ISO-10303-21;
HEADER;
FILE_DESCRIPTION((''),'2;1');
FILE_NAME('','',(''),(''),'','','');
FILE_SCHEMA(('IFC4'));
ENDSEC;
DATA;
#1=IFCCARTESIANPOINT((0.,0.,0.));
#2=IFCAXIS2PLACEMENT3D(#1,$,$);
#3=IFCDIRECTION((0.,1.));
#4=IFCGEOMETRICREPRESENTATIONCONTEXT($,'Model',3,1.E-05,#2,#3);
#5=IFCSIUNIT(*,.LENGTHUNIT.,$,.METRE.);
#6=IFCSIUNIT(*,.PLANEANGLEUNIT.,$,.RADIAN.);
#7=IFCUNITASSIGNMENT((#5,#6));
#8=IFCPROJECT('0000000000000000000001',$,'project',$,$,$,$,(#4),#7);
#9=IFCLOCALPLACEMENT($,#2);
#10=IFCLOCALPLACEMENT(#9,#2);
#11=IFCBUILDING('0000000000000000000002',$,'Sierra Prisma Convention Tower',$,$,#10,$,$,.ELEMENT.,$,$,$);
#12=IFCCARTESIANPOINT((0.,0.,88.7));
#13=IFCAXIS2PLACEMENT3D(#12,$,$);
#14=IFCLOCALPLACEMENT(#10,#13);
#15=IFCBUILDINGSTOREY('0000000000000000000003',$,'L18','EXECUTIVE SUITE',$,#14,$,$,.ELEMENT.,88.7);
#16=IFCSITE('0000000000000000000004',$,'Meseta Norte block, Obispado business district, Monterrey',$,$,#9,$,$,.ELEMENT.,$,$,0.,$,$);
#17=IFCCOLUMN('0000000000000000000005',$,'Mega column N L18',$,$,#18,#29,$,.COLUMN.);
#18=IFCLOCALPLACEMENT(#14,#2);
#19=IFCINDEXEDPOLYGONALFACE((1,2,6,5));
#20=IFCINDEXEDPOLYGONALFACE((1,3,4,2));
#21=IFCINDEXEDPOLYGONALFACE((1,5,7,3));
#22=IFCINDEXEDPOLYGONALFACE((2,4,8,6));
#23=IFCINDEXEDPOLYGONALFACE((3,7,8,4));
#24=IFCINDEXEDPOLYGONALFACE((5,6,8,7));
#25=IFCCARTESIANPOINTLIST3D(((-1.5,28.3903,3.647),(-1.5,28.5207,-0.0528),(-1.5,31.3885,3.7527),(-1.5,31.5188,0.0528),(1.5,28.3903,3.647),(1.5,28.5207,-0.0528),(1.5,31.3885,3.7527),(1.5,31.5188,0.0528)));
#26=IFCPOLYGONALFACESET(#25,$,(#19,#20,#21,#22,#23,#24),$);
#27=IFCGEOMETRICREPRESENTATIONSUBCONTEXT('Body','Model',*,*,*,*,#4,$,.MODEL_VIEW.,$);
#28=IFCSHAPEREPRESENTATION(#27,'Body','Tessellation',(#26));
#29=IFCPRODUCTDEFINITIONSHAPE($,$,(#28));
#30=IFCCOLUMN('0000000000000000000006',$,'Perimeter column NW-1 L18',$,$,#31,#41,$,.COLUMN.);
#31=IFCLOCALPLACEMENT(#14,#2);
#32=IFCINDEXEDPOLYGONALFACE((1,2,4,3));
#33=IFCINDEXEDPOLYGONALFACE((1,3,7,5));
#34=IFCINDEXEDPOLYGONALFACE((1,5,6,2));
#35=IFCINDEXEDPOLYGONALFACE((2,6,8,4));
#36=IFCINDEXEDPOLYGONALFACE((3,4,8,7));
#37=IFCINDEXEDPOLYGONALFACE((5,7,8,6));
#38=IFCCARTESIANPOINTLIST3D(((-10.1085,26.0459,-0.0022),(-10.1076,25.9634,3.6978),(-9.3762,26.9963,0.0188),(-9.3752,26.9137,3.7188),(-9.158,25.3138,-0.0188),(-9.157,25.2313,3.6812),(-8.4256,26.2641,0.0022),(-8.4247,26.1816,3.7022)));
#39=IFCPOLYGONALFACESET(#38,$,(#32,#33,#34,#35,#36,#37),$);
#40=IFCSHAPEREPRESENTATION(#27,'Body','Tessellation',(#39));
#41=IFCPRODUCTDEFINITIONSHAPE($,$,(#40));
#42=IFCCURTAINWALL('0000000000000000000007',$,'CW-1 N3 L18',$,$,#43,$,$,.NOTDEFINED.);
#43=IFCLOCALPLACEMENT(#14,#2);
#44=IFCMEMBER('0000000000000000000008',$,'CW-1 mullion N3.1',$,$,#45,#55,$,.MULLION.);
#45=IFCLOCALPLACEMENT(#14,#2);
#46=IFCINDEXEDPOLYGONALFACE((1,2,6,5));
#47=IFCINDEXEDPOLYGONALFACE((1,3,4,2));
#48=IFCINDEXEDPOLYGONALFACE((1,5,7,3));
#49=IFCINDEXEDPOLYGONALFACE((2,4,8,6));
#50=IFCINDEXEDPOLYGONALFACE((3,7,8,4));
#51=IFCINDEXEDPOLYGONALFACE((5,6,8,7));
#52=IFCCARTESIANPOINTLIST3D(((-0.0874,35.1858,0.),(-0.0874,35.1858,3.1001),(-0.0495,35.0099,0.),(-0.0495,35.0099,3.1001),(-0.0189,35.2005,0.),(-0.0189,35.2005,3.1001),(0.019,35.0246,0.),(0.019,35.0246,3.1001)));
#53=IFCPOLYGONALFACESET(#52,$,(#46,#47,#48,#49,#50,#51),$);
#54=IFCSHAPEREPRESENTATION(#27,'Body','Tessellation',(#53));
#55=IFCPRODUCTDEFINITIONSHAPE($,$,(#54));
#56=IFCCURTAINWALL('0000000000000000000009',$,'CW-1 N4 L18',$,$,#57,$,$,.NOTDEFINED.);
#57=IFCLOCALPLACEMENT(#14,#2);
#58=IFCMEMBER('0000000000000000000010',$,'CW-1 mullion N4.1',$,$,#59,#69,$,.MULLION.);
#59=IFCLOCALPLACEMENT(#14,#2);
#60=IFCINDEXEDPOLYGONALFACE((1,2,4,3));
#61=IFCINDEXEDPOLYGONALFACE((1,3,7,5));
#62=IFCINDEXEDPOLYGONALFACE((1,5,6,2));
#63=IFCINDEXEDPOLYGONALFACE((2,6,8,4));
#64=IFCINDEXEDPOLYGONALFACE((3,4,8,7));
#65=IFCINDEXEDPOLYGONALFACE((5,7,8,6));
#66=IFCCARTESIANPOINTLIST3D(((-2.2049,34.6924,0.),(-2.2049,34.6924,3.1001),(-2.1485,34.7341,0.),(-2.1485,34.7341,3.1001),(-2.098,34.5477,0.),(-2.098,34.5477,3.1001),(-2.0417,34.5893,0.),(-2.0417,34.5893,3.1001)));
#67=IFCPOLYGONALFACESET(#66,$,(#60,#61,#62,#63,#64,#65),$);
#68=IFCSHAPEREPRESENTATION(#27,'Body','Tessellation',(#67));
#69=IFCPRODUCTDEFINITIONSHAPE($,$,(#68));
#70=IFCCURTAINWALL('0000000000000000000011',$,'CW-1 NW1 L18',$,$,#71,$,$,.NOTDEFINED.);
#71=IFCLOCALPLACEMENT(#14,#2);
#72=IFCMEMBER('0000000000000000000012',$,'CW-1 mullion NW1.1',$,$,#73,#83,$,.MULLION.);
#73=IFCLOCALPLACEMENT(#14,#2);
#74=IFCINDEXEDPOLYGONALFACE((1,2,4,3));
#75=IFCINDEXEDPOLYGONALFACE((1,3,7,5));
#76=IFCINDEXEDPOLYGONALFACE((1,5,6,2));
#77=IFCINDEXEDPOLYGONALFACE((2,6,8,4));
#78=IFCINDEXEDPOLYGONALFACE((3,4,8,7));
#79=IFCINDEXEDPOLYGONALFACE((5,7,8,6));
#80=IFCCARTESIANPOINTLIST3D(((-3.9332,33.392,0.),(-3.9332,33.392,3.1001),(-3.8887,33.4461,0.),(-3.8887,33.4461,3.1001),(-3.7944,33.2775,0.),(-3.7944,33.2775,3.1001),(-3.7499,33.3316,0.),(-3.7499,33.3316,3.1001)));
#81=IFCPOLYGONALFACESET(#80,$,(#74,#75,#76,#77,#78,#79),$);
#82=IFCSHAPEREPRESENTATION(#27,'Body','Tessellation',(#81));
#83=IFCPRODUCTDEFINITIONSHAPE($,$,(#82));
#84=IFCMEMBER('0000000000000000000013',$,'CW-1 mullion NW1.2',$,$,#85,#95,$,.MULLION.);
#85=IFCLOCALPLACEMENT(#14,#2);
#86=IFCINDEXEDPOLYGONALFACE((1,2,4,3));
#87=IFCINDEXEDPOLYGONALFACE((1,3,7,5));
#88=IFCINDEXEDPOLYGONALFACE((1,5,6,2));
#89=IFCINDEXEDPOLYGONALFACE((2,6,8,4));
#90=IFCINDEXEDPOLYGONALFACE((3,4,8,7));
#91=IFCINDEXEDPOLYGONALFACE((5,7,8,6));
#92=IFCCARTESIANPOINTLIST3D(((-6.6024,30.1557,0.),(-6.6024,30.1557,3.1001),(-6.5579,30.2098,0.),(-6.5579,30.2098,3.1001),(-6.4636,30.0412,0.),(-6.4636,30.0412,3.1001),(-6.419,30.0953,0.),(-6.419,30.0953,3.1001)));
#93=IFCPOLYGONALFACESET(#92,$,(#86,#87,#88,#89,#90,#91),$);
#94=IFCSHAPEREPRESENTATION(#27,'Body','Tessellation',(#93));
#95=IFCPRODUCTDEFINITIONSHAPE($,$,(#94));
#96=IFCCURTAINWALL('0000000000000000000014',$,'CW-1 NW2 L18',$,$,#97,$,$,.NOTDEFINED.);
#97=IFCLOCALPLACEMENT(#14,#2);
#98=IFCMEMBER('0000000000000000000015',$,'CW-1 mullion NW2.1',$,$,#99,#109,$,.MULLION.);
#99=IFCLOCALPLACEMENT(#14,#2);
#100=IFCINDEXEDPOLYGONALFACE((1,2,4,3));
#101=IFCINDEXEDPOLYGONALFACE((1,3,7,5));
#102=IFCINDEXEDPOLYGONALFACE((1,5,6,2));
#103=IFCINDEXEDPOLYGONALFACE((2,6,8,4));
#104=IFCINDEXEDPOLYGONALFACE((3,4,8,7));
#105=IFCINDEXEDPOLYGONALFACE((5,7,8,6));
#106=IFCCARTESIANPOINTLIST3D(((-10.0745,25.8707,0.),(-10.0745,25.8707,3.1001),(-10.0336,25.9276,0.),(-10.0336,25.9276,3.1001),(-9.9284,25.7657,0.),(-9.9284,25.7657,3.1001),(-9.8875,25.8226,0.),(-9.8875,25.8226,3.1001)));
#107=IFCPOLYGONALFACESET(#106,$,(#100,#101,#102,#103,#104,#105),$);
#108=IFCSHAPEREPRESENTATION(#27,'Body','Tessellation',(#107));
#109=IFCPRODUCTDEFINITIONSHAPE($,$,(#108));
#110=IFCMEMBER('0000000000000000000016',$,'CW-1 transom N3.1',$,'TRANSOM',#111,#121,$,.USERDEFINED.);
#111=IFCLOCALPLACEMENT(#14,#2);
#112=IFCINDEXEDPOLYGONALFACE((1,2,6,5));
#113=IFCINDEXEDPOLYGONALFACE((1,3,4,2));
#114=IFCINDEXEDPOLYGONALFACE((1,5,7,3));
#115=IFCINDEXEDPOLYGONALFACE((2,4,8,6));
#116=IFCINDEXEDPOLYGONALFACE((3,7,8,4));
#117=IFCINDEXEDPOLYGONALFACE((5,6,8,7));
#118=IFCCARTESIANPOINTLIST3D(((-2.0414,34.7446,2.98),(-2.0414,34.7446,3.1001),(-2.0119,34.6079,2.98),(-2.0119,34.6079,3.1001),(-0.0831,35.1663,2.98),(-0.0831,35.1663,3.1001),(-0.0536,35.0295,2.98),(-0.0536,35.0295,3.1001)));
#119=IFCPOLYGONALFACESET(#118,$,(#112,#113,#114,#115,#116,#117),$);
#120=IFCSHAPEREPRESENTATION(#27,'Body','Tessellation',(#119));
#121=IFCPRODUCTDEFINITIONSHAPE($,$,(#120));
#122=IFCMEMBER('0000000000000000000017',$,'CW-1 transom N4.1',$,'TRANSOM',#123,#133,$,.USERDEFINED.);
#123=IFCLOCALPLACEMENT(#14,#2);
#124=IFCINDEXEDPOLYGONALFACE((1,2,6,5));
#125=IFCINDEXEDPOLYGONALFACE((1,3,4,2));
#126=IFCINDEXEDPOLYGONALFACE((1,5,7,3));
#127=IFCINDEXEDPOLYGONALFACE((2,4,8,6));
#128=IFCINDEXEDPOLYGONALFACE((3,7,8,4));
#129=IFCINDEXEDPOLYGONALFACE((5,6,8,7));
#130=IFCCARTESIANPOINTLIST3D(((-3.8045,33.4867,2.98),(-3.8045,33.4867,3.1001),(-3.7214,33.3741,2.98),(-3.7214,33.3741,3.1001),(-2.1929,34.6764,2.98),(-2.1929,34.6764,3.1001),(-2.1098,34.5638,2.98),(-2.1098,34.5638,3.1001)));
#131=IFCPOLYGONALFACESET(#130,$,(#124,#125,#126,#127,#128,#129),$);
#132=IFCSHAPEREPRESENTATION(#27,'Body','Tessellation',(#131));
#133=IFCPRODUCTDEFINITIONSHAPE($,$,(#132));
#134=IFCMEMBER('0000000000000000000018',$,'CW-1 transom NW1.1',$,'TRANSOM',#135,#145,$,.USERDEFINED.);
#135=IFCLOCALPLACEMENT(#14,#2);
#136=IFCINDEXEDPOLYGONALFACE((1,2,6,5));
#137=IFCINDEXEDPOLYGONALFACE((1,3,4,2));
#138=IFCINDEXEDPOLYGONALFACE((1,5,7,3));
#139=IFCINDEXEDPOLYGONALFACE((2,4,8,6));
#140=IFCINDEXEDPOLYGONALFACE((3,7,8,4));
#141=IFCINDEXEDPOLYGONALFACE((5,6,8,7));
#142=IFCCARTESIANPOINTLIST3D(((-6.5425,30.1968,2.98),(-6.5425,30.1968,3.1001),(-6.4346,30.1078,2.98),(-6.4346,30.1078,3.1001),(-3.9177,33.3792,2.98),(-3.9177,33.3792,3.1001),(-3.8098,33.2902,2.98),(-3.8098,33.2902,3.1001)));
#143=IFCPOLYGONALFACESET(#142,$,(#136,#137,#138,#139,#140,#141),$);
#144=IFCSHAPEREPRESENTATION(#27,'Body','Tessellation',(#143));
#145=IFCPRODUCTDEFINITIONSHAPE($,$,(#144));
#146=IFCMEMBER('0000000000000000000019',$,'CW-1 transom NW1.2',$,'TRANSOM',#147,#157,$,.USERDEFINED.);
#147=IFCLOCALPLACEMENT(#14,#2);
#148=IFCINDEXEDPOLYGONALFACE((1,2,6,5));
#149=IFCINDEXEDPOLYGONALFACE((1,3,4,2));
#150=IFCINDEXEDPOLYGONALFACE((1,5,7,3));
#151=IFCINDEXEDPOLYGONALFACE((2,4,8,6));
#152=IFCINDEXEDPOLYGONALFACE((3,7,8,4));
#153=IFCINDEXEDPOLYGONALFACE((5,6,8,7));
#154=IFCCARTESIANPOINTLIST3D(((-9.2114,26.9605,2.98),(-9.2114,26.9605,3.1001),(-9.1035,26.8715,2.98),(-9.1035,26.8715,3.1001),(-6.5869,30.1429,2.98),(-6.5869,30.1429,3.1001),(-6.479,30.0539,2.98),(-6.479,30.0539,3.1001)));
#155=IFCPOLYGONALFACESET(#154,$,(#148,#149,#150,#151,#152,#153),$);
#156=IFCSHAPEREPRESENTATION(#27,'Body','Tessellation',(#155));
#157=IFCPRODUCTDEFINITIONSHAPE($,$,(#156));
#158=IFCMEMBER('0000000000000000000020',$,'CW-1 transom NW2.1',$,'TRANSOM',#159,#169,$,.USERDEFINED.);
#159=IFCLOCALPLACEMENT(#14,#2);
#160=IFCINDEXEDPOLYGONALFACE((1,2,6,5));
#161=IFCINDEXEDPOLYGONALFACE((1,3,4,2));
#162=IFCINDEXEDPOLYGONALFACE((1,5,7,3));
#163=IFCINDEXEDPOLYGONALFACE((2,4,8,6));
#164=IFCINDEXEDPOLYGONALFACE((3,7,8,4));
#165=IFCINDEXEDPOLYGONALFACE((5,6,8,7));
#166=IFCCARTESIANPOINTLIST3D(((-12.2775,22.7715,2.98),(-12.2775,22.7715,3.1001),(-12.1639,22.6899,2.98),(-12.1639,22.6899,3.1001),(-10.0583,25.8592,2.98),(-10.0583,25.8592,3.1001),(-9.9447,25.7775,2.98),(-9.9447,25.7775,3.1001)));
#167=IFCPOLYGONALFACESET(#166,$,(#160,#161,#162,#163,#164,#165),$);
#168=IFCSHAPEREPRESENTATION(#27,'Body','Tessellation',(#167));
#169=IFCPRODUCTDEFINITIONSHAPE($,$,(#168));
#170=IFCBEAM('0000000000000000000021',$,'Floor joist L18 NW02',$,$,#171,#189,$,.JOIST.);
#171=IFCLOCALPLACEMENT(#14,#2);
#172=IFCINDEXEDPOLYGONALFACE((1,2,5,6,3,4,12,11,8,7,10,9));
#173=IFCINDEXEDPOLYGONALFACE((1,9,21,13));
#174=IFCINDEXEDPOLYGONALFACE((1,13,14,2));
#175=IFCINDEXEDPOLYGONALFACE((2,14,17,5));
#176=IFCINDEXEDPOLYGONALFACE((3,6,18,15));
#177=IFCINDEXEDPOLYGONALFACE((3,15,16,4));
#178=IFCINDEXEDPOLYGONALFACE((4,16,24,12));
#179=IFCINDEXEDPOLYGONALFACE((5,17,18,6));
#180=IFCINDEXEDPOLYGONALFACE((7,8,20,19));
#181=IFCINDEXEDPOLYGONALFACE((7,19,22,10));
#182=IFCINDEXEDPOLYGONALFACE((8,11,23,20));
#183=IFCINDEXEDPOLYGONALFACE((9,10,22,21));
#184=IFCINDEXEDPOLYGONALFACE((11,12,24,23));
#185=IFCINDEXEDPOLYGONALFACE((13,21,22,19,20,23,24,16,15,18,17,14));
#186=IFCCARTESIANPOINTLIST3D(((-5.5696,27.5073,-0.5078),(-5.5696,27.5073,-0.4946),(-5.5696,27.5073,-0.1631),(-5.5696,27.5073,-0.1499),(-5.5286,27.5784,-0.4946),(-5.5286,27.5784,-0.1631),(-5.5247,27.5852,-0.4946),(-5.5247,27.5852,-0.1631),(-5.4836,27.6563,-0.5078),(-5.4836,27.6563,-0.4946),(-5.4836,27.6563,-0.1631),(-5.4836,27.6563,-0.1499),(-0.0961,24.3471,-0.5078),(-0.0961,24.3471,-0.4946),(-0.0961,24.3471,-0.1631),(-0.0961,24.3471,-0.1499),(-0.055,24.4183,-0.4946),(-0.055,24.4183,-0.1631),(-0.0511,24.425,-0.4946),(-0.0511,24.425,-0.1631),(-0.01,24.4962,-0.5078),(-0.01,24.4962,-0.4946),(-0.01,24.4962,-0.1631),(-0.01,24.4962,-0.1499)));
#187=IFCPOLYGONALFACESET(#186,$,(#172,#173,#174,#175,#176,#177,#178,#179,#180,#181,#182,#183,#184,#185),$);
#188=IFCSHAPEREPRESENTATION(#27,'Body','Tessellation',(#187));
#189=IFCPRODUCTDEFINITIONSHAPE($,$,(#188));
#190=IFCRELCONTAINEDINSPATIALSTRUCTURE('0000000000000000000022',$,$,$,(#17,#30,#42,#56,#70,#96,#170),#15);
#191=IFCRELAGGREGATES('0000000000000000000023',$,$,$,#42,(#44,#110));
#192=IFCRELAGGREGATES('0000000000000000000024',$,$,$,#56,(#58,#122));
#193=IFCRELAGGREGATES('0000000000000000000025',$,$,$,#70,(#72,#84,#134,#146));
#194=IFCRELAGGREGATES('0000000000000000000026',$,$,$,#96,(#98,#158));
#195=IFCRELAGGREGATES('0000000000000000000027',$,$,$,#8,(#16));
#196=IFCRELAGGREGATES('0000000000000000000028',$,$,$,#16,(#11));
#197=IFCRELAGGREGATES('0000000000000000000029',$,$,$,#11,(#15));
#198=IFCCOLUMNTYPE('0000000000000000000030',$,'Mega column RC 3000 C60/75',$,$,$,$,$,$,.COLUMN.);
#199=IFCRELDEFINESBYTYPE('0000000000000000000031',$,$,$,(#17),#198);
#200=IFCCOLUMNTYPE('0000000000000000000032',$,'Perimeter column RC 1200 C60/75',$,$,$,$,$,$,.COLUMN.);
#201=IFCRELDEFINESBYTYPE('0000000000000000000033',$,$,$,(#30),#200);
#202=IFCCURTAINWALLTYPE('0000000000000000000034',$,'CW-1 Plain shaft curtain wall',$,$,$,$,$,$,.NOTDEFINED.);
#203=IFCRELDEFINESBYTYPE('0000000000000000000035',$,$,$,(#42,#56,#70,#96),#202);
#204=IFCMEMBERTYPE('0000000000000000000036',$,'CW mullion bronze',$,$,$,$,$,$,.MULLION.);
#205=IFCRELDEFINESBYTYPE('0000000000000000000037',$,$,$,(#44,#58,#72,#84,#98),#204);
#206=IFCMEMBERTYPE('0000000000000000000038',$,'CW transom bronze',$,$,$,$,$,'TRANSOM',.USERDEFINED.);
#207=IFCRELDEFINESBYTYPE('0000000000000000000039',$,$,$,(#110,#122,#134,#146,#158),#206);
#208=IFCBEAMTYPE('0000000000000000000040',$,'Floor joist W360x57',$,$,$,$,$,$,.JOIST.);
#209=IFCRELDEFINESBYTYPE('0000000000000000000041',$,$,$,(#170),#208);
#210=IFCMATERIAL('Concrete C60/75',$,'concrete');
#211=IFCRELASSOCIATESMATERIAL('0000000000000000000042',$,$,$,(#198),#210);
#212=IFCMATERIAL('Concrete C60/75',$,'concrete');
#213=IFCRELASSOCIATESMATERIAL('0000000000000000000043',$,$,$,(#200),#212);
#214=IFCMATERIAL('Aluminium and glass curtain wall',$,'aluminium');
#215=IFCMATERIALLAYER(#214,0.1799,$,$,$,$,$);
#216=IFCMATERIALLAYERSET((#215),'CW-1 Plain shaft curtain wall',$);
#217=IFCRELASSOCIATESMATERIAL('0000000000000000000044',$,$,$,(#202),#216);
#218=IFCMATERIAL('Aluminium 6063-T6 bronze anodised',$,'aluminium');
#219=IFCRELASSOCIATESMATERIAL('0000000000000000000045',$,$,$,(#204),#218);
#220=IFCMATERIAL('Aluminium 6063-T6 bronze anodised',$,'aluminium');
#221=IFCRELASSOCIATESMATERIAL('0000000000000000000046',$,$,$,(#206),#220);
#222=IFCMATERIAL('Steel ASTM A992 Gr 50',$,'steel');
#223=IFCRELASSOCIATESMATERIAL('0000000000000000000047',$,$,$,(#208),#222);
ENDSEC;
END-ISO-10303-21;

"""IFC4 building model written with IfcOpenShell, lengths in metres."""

from ifc_helpers import new_model, si_unit, direction, frame, origin, origin_2d, place, context, subcontext, project, spatial, rectangle, i_section, extrude, material, layer, layer_set, material_profile, profile_set, type_object, element, aggregate, save


model = new_model("IFC4")

# Units and contexts
model_context = context("Model", 3, precision=1e-05, world=origin(), true_north=direction((0.0, 1.0)))
body_context = subcontext(model_context, "Body", "Model", "MODEL_VIEW")
ifc_project = project(units=[si_unit("LENGTHUNIT", "METRE"), si_unit("PLANEANGLEUNIT", "RADIAN")], contexts=[model_context])

# Site, building, storey
site_placement = place(None, origin())
site = spatial("IfcSite", under=ifc_project, at=site_placement, Name="Meseta Norte block, Obispado business district, Monterrey", CompositionType="ELEMENT", RefElevation=0.0)
building_placement = place(site_placement, origin())
building = spatial("IfcBuilding", under=site, at=building_placement, Name="Sierra Prisma Convention Tower", CompositionType="ELEMENT")
storey_placement = place(building_placement, frame((0.0, 0.0, 88.7)))
storey = spatial("IfcBuildingStorey", under=building, at=storey_placement, Name="L18", Description="EXECUTIVE SUITE", CompositionType="ELEMENT", Elevation=88.7)

# Columns
ifc_material_1 = material(Name="Concrete C60/75", Category="concrete")
ifc_material_profile_1 = material_profile(ifc_material_1, rectangle(XDim=3.0, YDim=3.0, at=origin_2d()), Name="Mega column RC 3000 C60/75")
ifc_profile_set_1 = profile_set([ifc_material_profile_1], Name="Concrete C60/75")
column_type_1 = type_object("IfcColumnType", Name="Mega column RC 3000 C60/75", PredefinedType="COLUMN", material=ifc_profile_set_1)
column_1_placement = place(storey_placement, frame((0.0, 30.0198, 0.0), z_axis=(0.0, -0.035214, 0.99938), x_axis=(1.0, 0.0, 0.0)))
element("IfcColumn", 1, at=column_1_placement, inside=storey, type_object=column_type_1, Name="Mega column N L18", PredefinedType="COLUMN", context=body_context, shape_type="SweptSolid", body=[
    extrude(rectangle(XDim=3.0, YDim=3.0, at=origin_2d()), origin(), (0.0, 0.0, 1.0), 3.7021),
])
ifc_material_2 = material(Name="Concrete C60/75", Category="concrete")
ifc_material_profile_2 = material_profile(ifc_material_2, rectangle(XDim=1.2, YDim=1.2, at=origin_2d()), Name="Perimeter column RC 1200 C60/75")
ifc_profile_set_2 = profile_set([ifc_material_profile_2], Name="Concrete C60/75")
column_type_2 = type_object("IfcColumnType", Name="Perimeter column RC 1200 C60/75", PredefinedType="COLUMN", material=ifc_profile_set_2)
column_2_placement = place(storey_placement, frame((-9.2671, 26.155, 0.0), z_axis=(0.000264, -0.022297, 0.999751), x_axis=(0.610299, 0.791978, 0.017502)))
element("IfcColumn", 2, at=column_2_placement, inside=storey, type_object=column_type_2, Name="Perimeter column NW-1 L18", PredefinedType="COLUMN", context=body_context, shape_type="SweptSolid", body=[
    extrude(rectangle(XDim=1.2, YDim=1.2, at=origin_2d()), origin(), (0.0, 0.0, 1.0), 3.7009),
])

# Curtain walls, members
ifc_material_3 = material(Name="Aluminium and glass curtain wall", Category="aluminium")
ifc_layer_1 = layer(ifc_material_3, 0.1799)
ifc_layer_set_1 = layer_set([ifc_layer_1], Name="CW-1 Plain shaft curtain wall")
curtain_wall_type = type_object("IfcCurtainWallType", Name="CW-1 Plain shaft curtain wall", PredefinedType="NOTDEFINED", material=ifc_layer_set_1)
curtain_wall_1_placement = place(storey_placement, origin())
curtain_wall_1 = element("IfcCurtainWall", 3, at=curtain_wall_1_placement, inside=storey, type_object=curtain_wall_type, Name="CW-1 N3 L18", PredefinedType="NOTDEFINED")
ifc_material_4 = material(Name="Aluminium 6063-T6 bronze anodised", Category="aluminium")
ifc_material_profile_3 = material_profile(ifc_material_4, rectangle(XDim=0.1799, YDim=0.0701, at=origin_2d()), Name="ALU MULLION 70x180")
ifc_profile_set_3 = profile_set([ifc_material_profile_3], Name="Aluminium 6063-T6 bronze anodised")
member_type_1 = type_object("IfcMemberType", Name="CW mullion bronze", PredefinedType="MULLION", material=ifc_profile_set_3)
member_1_placement = place(storey_placement, frame((-0.0342, 35.1052, 0.0), z_axis=(0.0, 0.0, 1.0), x_axis=(0.210401, -0.977615, 0.0)))
member_1 = element("IfcMember", 4, at=member_1_placement, type_object=member_type_1, Name="CW-1 mullion N3.1", PredefinedType="MULLION", context=body_context, shape_type="SweptSolid", body=[
    extrude(rectangle(XDim=0.1799, YDim=0.0701, at=origin_2d()), origin(), (0.0, 0.0, 1.0), 3.1001),
])
curtain_wall_2_placement = place(storey_placement, origin())
curtain_wall_2 = element("IfcCurtainWall", 5, at=curtain_wall_2_placement, inside=storey, type_object=curtain_wall_type, Name="CW-1 N4 L18", PredefinedType="NOTDEFINED")
member_2_placement = place(storey_placement, frame((-2.1233, 34.6409, 0.0), z_axis=(0.0, 0.0, 1.0), x_axis=(0.593946, -0.804505, 0.0)))
member_2 = element("IfcMember", 6, at=member_2_placement, type_object=member_type_1, Name="CW-1 mullion N4.1", PredefinedType="MULLION", context=body_context, shape_type="SweptSolid", body=[
    extrude(rectangle(XDim=0.1799, YDim=0.0701, at=origin_2d()), origin(), (0.0, 0.0, 1.0), 3.1001),
])

# Curtain wall, members
curtain_wall_3_placement = place(storey_placement, origin())
curtain_wall_3 = element("IfcCurtainWall", 7, at=curtain_wall_3_placement, inside=storey, type_object=curtain_wall_type, Name="CW-1 NW1 L18", PredefinedType="NOTDEFINED")
member_3_placement = place(storey_placement, frame((-3.8416, 33.3618, 0.0), z_axis=(0.0, 0.0, 1.0), x_axis=(0.771471, -0.636265, 0.0)))
member_3 = element("IfcMember", 8, at=member_3_placement, type_object=member_type_1, Name="CW-1 mullion NW1.1", PredefinedType="MULLION", context=body_context, shape_type="SweptSolid", body=[
    extrude(rectangle(XDim=0.1799, YDim=0.0701, at=origin_2d()), origin(), (0.0, 0.0, 1.0), 3.1001),
])
member_4_placement = place(storey_placement, frame((-6.5107, 30.1255, 0.0), z_axis=(0.0, 0.0, 1.0), x_axis=(0.771471, -0.636265, 0.0)))
member_4 = element("IfcMember", 9, at=member_4_placement, type_object=member_type_1, Name="CW-1 mullion NW1.2", PredefinedType="MULLION", context=body_context, shape_type="SweptSolid", body=[
    extrude(rectangle(XDim=0.1799, YDim=0.0701, at=origin_2d()), origin(), (0.0, 0.0, 1.0), 3.1001),
])

# Curtain wall, member
curtain_wall_4_placement = place(storey_placement, origin())
curtain_wall_4 = element("IfcCurtainWall", 10, at=curtain_wall_4_placement, inside=storey, type_object=curtain_wall_type, Name="CW-1 NW2 L18", PredefinedType="NOTDEFINED")
member_5_placement = place(storey_placement, frame((-9.981, 25.8467, 0.0), z_axis=(0.0, 0.0, 1.0), x_axis=(0.811999, -0.583659, 0.0)))
member_5 = element("IfcMember", 11, at=member_5_placement, type_object=member_type_1, Name="CW-1 mullion NW2.1", PredefinedType="MULLION", context=body_context, shape_type="SweptSolid", body=[
    extrude(rectangle(XDim=0.1799, YDim=0.0701, at=origin_2d()), origin(), (0.0, 0.0, 1.0), 3.1001),
])

# Members
ifc_material_5 = material(Name="Aluminium 6063-T6 bronze anodised", Category="aluminium")
ifc_material_profile_4 = material_profile(ifc_material_5, rectangle(XDim=0.1399, YDim=0.1201, at=origin_2d()), Name="ALU TRANSOM 120x140")
ifc_profile_set_4 = profile_set([ifc_material_profile_4], Name="Aluminium 6063-T6 bronze anodised")
member_type_2 = type_object("IfcMemberType", Name="CW transom bronze", ElementType="TRANSOM", PredefinedType="USERDEFINED", material=ifc_profile_set_4)
member_6_placement = place(storey_placement, frame((-0.0684, 35.0979, 3.04), z_axis=(-0.977597, -0.210486, 0.0), x_axis=(0.210486, -0.977597, 0.0)))
member_6 = element("IfcMember", 12, at=member_6_placement, type_object=member_type_2, Name="CW-1 transom N3.1", ObjectType="TRANSOM", PredefinedType="USERDEFINED", context=body_context, shape_type="SweptSolid", body=[
    extrude(rectangle(XDim=0.1399, YDim=0.1201, at=origin_2d()), origin(), (0.0, 0.0, 1.0), 2.0032),
])
member_7_placement = place(storey_placement, frame((-2.1514, 34.6201, 3.04), z_axis=(-0.804526, -0.593918, 0.0), x_axis=(0.593918, -0.804526, 0.0)))
member_7 = element("IfcMember", 13, at=member_7_placement, type_object=member_type_2, Name="CW-1 transom N4.1", ObjectType="TRANSOM", PredefinedType="USERDEFINED", context=body_context, shape_type="SweptSolid", body=[
    extrude(rectangle(XDim=0.1399, YDim=0.1201, at=origin_2d()), origin(), (0.0, 0.0, 1.0), 2.0032),
])
member_8_placement = place(storey_placement, frame((-3.8638, 33.3347, 3.04), z_axis=(-0.636282, -0.771457, 0.0), x_axis=(0.771457, -0.636282, 0.0)))
member_8 = element("IfcMember", 14, at=member_8_placement, type_object=member_type_2, Name="CW-1 transom NW1.1", ObjectType="TRANSOM", PredefinedType="USERDEFINED", context=body_context, shape_type="SweptSolid", body=[
    extrude(rectangle(XDim=0.1399, YDim=0.1201, at=origin_2d()), origin(), (0.0, 0.0, 1.0), 4.1252),
])
member_9_placement = place(storey_placement, frame((-6.533, 30.0984, 3.04), z_axis=(-0.636246, -0.771486, 0.0), x_axis=(0.771486, -0.636246, 0.0)))
member_9 = element("IfcMember", 15, at=member_9_placement, type_object=member_type_2, Name="CW-1 transom NW1.2", ObjectType="TRANSOM", PredefinedType="USERDEFINED", context=body_context, shape_type="SweptSolid", body=[
    extrude(rectangle(XDim=0.1399, YDim=0.1201, at=origin_2d()), origin(), (0.0, 0.0, 1.0), 4.125),
])
member_10_placement = place(storey_placement, frame((-10.0015, 25.8184, 3.04), z_axis=(-0.583635, -0.812016, 0.0), x_axis=(0.812016, -0.583635, 0.0)))
member_10 = element("IfcMember", 16, at=member_10_placement, type_object=member_type_2, Name="CW-1 transom NW2.1", ObjectType="TRANSOM", PredefinedType="USERDEFINED", context=body_context, shape_type="SweptSolid", body=[
    extrude(rectangle(XDim=0.1399, YDim=0.1201, at=origin_2d()), origin(), (0.0, 0.0, 1.0), 3.8025),
])

# Beam
ifc_material_6 = material(Name="Steel ASTM A992 Gr 50", Category="steel")
ifc_material_profile_5 = material_profile(ifc_material_6, i_section(OverallWidth=0.1721, OverallDepth=0.3579, WebThickness=0.0078, FlangeThickness=0.0132, at=origin_2d()), Name="W360x57")
ifc_profile_set_5 = profile_set([ifc_material_profile_5], Name="Steel ASTM A992 Gr 50")
beam_type_1 = type_object("IfcBeamType", Name="Floor joist W360x57", PredefinedType="JOIST", material=ifc_profile_set_5)
beam_1_placement = place(storey_placement, frame((-5.5266, 27.5818, -0.3289), z_axis=(0.866029, -0.499994, 0.0), x_axis=(0.499994, 0.866029, 0.0)))
element("IfcBeam", 17, at=beam_1_placement, inside=storey, type_object=beam_type_1, Name="Floor joist L18 NW02", PredefinedType="JOIST", context=body_context, shape_type="SweptSolid", body=[
    extrude(i_section(OverallWidth=0.1721, OverallDepth=0.3579, WebThickness=0.0078, FlangeThickness=0.0132, at=origin_2d()), origin(), (0.0, 0.0, 1.0), 6.3203),
])

aggregate(curtain_wall_1, [member_1, member_6])
aggregate(curtain_wall_2, [member_2, member_7])
aggregate(curtain_wall_3, [member_3, member_4, member_8, member_9])
aggregate(curtain_wall_4, [member_5, member_10])

save(model, "model.ifc")
